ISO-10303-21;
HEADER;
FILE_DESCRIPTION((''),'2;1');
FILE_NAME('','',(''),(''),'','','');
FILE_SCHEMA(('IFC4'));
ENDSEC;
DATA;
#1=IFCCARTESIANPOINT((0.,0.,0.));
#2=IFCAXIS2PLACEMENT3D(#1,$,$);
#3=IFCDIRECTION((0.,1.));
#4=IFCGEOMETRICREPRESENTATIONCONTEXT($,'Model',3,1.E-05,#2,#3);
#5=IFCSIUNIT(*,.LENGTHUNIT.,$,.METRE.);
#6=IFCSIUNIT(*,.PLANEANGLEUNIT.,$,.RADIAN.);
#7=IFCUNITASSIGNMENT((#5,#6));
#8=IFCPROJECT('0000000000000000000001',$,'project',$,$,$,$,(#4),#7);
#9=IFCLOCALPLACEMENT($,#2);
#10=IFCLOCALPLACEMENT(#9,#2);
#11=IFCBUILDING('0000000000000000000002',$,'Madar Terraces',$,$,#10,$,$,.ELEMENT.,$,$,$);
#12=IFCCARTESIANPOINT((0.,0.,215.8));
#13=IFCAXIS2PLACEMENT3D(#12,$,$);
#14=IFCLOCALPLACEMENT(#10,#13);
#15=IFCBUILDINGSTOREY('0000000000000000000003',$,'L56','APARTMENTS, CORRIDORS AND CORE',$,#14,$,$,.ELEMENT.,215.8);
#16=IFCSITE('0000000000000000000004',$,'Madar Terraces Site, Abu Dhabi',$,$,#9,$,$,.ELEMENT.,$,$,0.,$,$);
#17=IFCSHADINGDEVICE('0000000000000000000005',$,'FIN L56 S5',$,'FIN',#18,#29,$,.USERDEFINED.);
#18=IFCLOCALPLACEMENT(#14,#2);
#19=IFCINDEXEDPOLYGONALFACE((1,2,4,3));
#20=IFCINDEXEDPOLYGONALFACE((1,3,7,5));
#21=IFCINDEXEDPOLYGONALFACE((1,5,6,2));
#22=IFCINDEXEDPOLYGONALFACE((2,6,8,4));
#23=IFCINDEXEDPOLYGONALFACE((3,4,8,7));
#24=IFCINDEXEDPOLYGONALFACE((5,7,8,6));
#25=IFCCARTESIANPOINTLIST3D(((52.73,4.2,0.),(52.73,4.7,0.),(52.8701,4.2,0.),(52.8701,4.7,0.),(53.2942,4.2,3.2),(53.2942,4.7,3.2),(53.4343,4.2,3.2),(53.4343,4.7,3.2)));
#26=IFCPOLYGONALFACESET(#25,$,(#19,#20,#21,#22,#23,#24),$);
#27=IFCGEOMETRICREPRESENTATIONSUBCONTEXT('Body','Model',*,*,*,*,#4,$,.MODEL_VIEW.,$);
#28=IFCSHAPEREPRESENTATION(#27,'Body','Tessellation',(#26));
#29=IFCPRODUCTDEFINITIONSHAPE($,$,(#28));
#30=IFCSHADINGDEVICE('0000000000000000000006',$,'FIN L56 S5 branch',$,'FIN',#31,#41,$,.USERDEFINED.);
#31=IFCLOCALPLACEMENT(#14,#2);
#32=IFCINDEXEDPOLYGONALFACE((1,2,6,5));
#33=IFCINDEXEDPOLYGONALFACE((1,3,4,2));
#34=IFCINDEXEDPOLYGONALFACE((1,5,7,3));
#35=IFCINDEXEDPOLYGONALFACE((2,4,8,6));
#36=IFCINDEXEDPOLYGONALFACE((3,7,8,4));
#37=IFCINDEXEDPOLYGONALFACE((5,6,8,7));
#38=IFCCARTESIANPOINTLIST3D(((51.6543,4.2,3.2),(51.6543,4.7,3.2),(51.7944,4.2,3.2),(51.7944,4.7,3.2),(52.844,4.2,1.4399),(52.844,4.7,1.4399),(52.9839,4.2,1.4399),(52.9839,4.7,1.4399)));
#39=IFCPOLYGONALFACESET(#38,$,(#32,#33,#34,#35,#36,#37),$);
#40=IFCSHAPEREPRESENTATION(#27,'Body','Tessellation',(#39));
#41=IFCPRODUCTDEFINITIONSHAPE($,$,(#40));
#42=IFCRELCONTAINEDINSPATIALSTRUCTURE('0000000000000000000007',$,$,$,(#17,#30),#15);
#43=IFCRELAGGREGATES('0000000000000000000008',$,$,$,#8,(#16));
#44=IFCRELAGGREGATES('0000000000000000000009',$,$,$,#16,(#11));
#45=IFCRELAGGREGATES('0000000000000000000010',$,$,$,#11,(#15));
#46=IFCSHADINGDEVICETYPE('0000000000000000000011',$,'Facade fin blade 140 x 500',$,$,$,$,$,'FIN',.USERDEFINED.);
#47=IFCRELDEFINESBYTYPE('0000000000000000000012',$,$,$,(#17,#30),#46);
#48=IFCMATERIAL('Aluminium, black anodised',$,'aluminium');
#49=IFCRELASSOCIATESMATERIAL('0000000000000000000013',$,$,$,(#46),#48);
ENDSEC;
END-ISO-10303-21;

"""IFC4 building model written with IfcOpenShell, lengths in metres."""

from ifc_helpers import new_model, si_unit, direction, frame, origin, place, context, subcontext, project, spatial, polyline, outline, extrude, material, type_object, element, save


model = new_model("IFC4")

# Units and contexts
model_context = context("Model", 3, precision=1e-05, world=origin(), true_north=direction((0.0, 1.0)))
body_context = subcontext(model_context, "Body", "Model", "MODEL_VIEW")
ifc_project = project(units=[si_unit("LENGTHUNIT", "METRE"), si_unit("PLANEANGLEUNIT", "RADIAN")], contexts=[model_context])

# Site, building, storey
site_placement = place(None, origin())
site = spatial("IfcSite", under=ifc_project, at=site_placement, Name="Madar Terraces Site, Abu Dhabi", CompositionType="ELEMENT", RefElevation=0.0)
building_placement = place(site_placement, origin())
building = spatial("IfcBuilding", under=site, at=building_placement, Name="Madar Terraces", CompositionType="ELEMENT")
storey_placement = place(building_placement, frame((0.0, 0.0, 215.8)))
storey = spatial("IfcBuildingStorey", under=building, at=storey_placement, Name="L56", Description="APARTMENTS, CORRIDORS AND CORE", CompositionType="ELEMENT", Elevation=215.8)

# Shading devices
ifc_material_1 = material(Name="Aluminium, black anodised", Category="aluminium")
shading_device_type = type_object("IfcShadingDeviceType", Name="Facade fin blade 140 x 500", ElementType="FIN", PredefinedType="USERDEFINED", material=ifc_material_1)
shading_device_1_placement = place(storey_placement, frame((52.73, 4.45, 0.0), z_axis=(0.0, 0.0, 1.0), x_axis=(1.0, 0.0, 0.0)))
element("IfcShadingDevice", 1, at=shading_device_1_placement, inside=storey, type_object=shading_device_type, Name="FIN L56 S5", ObjectType="FIN", PredefinedType="USERDEFINED", context=body_context, shape_type="SweptSolid", body=[
    extrude(outline(polyline([(0.0, 0.0), (0.1401, 0.0), (0.7043, 3.2), (0.5642, 3.2), (0.0, 0.0)])), frame((0.0, 0.25, 0.0), z_axis=(0.0, -1.0, 0.0), x_axis=(1.0, 0.0, 0.0)), (0.0, 0.0, 1.0), 0.5),
])
shading_device_2_placement = place(storey_placement, frame((52.844, 4.45, 1.4399), z_axis=(0.0, 0.0, 1.0), x_axis=(1.0, 0.0, 0.0)))
element("IfcShadingDevice", 2, at=shading_device_2_placement, inside=storey, type_object=shading_device_type, Name="FIN L56 S5 branch", ObjectType="FIN", PredefinedType="USERDEFINED", context=body_context, shape_type="SweptSolid", body=[
    extrude(outline(polyline([(0.0, 0.0), (0.1399, 0.0), (-1.0496, 1.76), (-1.1897, 1.76), (0.0, 0.0)])), frame((0.0, 0.25, 0.0), z_axis=(0.0, -1.0, 0.0), x_axis=(1.0, 0.0, 0.0)), (0.0, 0.0, 1.0), 0.5),
])

save(model, "model.ifc")
